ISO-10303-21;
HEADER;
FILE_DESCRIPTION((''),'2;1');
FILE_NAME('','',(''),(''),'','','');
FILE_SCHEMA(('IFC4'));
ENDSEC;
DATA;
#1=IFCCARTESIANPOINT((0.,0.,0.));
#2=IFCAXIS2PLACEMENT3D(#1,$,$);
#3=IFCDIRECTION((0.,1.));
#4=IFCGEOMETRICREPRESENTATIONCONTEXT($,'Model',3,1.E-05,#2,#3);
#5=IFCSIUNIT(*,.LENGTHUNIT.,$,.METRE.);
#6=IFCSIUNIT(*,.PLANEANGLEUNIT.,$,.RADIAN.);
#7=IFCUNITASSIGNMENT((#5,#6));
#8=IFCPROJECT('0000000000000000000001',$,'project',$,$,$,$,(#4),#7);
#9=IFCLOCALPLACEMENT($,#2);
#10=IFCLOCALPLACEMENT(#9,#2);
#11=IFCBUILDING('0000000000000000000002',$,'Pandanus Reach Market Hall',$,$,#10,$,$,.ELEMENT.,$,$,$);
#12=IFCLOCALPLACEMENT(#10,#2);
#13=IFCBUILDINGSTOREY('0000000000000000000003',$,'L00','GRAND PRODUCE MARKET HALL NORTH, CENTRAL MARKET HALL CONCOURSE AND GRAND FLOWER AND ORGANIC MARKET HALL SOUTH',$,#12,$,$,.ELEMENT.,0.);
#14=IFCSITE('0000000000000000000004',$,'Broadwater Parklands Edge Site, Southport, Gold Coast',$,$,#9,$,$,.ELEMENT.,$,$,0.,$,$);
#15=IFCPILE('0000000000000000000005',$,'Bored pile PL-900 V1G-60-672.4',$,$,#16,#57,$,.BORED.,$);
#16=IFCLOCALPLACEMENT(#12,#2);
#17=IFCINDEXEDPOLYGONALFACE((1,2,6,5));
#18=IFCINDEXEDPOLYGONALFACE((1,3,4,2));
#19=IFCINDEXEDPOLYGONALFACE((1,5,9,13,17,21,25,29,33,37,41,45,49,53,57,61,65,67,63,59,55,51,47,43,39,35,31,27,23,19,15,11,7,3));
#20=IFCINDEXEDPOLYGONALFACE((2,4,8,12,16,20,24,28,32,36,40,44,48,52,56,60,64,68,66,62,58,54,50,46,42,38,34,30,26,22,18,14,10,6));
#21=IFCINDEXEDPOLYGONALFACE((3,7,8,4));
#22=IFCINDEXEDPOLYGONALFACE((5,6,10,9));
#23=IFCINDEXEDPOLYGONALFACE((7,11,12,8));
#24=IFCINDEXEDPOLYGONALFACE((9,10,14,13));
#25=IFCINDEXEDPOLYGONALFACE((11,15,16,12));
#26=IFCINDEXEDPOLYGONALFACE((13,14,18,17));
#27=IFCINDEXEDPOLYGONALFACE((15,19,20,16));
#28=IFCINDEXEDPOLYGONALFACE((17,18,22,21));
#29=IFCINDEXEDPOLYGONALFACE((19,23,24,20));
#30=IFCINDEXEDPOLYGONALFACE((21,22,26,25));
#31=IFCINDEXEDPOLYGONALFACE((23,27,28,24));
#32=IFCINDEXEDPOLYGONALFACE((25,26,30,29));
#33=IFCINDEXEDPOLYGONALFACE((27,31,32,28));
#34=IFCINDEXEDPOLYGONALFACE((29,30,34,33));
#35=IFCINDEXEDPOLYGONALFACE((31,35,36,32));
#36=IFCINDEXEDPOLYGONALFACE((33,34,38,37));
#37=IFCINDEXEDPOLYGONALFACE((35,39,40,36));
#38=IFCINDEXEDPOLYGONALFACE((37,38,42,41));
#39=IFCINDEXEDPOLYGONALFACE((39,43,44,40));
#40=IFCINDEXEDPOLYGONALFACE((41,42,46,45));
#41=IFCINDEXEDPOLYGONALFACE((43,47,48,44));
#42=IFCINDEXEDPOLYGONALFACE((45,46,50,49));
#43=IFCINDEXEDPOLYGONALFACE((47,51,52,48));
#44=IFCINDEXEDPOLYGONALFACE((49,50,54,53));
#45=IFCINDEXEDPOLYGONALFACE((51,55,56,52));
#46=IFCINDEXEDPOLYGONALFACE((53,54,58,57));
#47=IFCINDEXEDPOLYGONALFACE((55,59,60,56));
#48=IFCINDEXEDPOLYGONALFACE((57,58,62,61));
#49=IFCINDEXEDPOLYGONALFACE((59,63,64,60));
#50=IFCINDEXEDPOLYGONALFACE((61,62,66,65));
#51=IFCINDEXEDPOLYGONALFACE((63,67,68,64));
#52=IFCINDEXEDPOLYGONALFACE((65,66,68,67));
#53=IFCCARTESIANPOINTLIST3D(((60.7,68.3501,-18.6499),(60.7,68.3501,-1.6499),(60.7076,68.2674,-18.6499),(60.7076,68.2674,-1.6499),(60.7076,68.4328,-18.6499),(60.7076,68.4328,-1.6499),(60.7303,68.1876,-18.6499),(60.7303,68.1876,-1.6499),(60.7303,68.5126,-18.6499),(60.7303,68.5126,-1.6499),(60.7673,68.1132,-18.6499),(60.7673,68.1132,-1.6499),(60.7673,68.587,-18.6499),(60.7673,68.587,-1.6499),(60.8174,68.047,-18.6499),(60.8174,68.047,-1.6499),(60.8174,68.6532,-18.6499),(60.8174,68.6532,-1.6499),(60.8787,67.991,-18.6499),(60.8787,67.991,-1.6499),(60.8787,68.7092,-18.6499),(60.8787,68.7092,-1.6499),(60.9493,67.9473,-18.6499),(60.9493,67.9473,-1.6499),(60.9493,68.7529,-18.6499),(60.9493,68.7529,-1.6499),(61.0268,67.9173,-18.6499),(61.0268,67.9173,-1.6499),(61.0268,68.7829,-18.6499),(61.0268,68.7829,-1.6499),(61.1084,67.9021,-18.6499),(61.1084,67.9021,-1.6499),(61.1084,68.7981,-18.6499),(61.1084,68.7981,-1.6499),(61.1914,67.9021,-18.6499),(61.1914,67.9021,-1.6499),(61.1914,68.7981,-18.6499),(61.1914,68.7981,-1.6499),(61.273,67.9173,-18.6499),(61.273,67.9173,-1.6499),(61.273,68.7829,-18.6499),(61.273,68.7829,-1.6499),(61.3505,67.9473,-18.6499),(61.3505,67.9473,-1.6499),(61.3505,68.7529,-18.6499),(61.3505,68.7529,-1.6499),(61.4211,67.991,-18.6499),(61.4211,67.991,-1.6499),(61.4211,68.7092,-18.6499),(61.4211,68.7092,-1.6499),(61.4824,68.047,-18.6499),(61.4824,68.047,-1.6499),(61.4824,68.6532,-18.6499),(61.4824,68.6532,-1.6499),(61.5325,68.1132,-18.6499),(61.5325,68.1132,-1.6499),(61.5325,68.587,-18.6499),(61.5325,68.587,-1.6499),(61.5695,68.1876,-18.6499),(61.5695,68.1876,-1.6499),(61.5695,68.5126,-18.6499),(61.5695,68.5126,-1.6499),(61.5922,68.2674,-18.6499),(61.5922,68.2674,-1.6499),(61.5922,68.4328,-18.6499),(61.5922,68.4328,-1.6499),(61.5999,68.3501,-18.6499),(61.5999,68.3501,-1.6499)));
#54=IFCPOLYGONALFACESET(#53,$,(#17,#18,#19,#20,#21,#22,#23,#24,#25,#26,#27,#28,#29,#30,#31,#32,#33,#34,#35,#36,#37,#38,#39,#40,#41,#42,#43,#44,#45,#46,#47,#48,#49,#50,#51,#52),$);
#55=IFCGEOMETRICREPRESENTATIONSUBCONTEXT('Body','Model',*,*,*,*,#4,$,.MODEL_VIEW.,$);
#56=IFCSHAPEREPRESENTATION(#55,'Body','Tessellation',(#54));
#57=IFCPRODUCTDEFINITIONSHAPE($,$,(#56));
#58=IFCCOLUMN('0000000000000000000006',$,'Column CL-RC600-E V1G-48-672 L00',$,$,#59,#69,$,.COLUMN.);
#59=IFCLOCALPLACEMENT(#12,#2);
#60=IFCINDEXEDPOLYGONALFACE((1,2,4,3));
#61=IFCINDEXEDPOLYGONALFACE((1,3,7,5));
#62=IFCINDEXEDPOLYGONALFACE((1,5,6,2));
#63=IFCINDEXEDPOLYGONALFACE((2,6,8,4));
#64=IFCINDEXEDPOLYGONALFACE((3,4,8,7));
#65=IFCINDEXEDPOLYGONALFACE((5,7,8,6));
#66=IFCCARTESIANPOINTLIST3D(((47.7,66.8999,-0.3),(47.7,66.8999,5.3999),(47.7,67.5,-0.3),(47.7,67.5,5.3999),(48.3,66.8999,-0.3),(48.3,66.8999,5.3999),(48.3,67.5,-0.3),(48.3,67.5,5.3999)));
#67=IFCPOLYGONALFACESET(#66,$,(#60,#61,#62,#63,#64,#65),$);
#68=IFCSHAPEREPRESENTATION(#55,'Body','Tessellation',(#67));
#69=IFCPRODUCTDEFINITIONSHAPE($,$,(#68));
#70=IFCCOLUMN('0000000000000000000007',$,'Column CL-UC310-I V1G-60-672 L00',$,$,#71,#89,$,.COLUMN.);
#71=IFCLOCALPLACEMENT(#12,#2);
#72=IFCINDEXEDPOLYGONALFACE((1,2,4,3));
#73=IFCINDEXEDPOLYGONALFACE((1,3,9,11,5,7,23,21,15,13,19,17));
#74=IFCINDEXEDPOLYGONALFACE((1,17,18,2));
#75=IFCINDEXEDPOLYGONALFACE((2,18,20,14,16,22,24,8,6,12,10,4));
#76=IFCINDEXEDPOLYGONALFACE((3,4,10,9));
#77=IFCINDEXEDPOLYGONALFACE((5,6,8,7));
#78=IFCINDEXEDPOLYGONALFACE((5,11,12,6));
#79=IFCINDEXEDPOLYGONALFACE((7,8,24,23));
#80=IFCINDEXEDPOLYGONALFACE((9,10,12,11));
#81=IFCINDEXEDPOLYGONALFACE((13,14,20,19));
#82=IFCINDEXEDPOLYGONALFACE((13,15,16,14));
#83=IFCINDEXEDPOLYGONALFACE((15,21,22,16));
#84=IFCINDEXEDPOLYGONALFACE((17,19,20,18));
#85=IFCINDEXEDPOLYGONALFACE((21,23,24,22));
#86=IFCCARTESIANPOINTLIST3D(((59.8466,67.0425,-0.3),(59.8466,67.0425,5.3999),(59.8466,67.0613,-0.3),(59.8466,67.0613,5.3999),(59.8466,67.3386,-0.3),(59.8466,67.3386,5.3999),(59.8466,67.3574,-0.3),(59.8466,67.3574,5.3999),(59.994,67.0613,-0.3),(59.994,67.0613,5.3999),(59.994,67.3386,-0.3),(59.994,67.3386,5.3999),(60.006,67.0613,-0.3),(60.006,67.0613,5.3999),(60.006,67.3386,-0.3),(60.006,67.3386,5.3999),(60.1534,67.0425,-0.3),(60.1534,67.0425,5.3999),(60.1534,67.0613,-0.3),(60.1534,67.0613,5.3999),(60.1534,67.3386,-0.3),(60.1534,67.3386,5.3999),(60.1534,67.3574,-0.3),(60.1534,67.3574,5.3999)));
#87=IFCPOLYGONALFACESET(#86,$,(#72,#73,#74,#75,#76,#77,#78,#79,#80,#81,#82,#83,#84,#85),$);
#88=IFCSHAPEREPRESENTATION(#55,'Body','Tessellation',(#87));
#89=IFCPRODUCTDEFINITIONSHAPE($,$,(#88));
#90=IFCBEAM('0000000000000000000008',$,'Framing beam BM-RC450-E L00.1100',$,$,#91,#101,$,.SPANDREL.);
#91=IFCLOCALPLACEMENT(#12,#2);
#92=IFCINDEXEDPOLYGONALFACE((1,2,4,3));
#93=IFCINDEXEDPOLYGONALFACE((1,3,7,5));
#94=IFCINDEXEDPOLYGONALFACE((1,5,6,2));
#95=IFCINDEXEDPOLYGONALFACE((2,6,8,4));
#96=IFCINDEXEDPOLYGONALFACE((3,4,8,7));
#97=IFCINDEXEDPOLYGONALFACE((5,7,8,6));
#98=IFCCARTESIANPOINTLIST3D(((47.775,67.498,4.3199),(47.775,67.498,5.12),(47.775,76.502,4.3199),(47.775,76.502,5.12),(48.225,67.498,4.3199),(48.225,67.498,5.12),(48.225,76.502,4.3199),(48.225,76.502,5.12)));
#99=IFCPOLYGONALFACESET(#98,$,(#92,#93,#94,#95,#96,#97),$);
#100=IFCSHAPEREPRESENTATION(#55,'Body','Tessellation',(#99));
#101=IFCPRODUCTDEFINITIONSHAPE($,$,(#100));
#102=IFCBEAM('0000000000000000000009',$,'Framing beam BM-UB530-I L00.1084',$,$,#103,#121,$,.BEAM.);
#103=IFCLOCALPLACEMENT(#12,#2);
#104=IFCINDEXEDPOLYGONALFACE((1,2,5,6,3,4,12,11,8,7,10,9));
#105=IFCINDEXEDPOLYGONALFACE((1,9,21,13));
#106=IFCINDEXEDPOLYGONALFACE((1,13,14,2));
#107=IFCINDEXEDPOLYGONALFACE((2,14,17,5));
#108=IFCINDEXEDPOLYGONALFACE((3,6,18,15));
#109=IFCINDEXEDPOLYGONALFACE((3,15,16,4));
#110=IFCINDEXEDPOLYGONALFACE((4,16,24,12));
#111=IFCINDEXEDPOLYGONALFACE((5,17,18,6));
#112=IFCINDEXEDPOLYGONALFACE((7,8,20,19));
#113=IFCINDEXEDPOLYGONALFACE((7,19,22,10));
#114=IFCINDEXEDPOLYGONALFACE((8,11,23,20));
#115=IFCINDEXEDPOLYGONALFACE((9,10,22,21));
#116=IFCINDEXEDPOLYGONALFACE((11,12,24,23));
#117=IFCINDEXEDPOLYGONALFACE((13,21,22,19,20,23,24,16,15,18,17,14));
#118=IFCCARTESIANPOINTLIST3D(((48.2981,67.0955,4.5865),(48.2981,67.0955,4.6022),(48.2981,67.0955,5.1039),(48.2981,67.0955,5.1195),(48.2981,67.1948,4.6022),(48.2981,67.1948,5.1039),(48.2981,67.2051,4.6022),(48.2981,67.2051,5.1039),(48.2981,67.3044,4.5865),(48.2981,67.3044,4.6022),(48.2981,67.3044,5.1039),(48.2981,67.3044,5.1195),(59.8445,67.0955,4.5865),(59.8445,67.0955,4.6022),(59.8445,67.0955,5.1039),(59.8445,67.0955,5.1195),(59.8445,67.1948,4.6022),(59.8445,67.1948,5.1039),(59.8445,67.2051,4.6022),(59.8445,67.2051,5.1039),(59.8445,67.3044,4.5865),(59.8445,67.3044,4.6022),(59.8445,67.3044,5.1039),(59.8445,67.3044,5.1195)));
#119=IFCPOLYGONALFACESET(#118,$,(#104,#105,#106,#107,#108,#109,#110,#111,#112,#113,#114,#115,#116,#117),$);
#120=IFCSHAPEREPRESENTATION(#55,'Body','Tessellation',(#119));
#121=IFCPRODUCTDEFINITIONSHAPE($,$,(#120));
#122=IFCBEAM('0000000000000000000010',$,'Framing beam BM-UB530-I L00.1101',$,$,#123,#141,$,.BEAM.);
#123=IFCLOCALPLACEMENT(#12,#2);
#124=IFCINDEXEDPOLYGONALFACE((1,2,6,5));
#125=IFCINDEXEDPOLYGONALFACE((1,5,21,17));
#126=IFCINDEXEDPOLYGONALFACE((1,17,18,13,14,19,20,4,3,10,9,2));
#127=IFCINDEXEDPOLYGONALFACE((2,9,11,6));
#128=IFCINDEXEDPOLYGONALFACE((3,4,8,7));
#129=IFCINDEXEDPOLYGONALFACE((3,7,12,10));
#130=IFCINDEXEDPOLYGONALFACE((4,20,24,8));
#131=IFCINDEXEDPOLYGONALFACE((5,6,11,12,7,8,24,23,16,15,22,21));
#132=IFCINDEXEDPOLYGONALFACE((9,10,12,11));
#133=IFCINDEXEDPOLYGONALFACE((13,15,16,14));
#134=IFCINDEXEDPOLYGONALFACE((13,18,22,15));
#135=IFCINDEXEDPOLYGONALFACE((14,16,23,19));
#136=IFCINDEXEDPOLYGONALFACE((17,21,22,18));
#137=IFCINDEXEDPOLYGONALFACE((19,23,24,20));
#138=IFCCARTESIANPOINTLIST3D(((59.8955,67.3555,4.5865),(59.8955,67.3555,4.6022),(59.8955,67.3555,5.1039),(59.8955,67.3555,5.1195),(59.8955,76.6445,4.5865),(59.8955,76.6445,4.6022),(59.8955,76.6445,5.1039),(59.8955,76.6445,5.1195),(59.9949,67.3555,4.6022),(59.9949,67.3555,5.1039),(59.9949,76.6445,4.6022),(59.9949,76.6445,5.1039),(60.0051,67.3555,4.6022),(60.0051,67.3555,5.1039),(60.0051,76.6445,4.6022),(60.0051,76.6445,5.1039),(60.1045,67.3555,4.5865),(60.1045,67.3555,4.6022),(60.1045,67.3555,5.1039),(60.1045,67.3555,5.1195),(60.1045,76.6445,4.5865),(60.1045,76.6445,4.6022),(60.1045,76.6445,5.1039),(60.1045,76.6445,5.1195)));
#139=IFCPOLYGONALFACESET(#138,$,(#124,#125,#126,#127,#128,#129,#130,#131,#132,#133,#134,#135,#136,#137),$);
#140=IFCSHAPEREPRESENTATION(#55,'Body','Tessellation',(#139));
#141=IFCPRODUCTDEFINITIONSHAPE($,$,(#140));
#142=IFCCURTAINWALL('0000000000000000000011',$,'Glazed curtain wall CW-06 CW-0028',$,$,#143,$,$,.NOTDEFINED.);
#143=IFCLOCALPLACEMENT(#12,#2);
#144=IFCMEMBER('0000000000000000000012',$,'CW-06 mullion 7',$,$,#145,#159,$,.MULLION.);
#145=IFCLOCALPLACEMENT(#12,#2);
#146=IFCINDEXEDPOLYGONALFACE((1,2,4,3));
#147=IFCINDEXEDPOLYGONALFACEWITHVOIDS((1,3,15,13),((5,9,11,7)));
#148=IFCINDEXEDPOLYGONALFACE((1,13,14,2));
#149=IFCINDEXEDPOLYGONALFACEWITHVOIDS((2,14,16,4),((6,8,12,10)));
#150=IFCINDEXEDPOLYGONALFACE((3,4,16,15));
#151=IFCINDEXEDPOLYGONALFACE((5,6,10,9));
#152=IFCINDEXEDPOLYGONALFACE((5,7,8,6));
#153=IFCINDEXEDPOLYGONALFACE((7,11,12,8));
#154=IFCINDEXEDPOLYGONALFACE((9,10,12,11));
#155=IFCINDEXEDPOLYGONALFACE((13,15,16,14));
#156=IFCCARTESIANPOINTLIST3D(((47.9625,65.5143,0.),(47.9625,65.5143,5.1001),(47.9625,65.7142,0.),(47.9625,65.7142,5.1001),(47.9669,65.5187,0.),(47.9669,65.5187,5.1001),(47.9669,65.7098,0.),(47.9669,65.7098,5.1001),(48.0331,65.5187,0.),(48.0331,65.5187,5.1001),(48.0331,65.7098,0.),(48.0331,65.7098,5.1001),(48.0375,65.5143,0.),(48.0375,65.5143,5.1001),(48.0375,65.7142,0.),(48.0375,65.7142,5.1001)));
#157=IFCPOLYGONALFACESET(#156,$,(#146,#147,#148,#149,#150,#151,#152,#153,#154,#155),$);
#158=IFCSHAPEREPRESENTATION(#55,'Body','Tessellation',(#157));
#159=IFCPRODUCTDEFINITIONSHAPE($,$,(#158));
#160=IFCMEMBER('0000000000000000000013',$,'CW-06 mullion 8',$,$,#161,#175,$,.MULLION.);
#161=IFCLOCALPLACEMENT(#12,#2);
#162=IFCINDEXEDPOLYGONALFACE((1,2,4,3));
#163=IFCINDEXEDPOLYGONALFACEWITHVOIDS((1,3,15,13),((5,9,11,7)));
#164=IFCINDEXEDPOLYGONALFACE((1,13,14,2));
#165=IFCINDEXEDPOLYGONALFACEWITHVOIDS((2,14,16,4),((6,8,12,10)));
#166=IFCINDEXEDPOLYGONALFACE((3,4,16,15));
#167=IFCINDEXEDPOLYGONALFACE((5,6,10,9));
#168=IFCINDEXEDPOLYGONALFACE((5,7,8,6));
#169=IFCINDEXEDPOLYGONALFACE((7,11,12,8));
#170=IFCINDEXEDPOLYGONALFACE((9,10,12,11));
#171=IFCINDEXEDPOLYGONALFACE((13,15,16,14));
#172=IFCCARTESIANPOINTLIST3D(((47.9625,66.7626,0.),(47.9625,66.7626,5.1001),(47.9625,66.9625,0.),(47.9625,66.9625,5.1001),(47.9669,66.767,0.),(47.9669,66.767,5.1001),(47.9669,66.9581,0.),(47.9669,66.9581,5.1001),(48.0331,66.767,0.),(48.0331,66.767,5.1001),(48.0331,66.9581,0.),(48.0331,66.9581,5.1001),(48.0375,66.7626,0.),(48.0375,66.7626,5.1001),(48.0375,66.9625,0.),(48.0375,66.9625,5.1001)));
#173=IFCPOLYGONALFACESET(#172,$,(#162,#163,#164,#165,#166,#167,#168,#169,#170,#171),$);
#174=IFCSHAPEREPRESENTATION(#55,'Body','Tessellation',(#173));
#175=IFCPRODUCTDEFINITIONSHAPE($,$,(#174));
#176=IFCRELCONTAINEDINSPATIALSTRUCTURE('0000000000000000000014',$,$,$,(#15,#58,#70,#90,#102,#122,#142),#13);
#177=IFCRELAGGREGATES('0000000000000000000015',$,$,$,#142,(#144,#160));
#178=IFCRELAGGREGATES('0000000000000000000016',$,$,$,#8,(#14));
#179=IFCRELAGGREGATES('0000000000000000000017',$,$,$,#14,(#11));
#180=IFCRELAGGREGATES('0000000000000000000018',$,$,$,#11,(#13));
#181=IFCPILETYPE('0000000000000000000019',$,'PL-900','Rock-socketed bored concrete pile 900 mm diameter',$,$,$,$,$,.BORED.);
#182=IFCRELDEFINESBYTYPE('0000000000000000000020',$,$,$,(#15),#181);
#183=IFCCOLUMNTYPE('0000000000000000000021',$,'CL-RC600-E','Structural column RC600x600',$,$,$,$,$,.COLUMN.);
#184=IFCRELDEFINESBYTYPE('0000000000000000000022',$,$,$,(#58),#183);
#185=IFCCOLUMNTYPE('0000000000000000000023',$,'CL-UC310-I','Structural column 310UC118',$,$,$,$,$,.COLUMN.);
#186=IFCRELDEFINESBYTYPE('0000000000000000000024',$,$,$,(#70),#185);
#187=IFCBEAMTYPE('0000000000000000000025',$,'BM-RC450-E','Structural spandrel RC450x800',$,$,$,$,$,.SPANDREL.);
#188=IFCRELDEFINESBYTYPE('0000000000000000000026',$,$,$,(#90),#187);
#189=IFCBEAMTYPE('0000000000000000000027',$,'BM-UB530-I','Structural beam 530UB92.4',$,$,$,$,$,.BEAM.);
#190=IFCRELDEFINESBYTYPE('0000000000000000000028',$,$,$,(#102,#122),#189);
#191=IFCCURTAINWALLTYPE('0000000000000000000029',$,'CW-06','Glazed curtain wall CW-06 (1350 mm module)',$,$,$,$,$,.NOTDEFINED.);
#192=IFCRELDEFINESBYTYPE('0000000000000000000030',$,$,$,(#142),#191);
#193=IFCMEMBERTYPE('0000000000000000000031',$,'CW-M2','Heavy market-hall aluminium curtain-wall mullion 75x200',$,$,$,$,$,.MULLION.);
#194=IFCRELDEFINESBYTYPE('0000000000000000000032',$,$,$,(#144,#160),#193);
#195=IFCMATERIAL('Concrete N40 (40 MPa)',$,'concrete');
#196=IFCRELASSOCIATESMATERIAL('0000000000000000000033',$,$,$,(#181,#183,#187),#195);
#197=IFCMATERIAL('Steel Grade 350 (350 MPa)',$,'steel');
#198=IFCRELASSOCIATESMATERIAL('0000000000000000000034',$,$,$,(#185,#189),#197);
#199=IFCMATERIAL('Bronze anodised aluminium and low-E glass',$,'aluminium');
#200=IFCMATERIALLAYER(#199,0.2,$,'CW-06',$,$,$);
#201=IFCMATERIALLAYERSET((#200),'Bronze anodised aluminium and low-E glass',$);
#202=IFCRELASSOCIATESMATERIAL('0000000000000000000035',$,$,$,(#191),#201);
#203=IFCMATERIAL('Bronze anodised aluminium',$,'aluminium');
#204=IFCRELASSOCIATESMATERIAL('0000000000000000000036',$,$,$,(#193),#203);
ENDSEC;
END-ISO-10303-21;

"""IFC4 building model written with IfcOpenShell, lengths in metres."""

from ifc_helpers import new_model, si_unit, direction, frame, origin, origin_2d, place, context, subcontext, project, spatial, rectangle, hollow_rectangle, circle, i_section, extrude, material, layer, layer_set, material_profile, profile_set, type_object, element, aggregate, save


model = new_model("IFC4")

# Units and contexts
model_context = context("Model", 3, precision=1e-05, world=origin(), true_north=direction((0.0, 1.0)))
body_context = subcontext(model_context, "Body", "Model", "MODEL_VIEW")
ifc_project = project(units=[si_unit("LENGTHUNIT", "METRE"), si_unit("PLANEANGLEUNIT", "RADIAN")], contexts=[model_context])

# Site, building, storey
site_placement = place(None, origin())
site = spatial("IfcSite", under=ifc_project, at=site_placement, Name="Broadwater Parklands Edge Site, Southport, Gold Coast", CompositionType="ELEMENT", RefElevation=0.0)
building_placement = place(site_placement, origin())
building = spatial("IfcBuilding", under=site, at=building_placement, Name="Pandanus Reach Market Hall", CompositionType="ELEMENT")
storey_placement = place(building_placement, origin())
storey = spatial("IfcBuildingStorey", under=building, at=storey_placement, Name="L00", Description="GRAND PRODUCE MARKET HALL NORTH, CENTRAL MARKET HALL CONCOURSE AND GRAND FLOWER AND ORGANIC MARKET HALL SOUTH", CompositionType="ELEMENT", Elevation=0.0)

# Shared definitions
ifc_material_1 = material(Name="Concrete N40 (40 MPa)", Category="concrete")

# Pile
ifc_material_profile_1 = material_profile(ifc_material_1, circle(Radius=0.45, at=origin_2d()), Name="PILE-900D", Category="LoadBearing")
ifc_profile_set_1 = profile_set([ifc_material_profile_1], Name="Concrete N40 (40 MPa)")
pile_type = type_object("IfcPileType", Name="PL-900", Description="Rock-socketed bored concrete pile 900 mm diameter", PredefinedType="BORED", material=ifc_profile_set_1)
for number, where, z_axis, x_axis, name in (
    (1, (61.1499, 68.3501, -1.6499), (0.0, 0.0, -1.0), (1.0, 0.0, 0.0), "Bored pile PL-900 V1G-60-672.4"),
):
    element("IfcPile", number, at=place(storey_placement, frame(where, z_axis=z_axis, x_axis=x_axis)), inside=storey, type_object=pile_type, Name=name, PredefinedType="BORED", context=body_context, shape_type="SweptSolid", body=[
        extrude(circle(Radius=0.45, at=origin_2d()), origin(), (0.0, 0.0, 1.0), 17.0),
    ])

# Columns
ifc_material_profile_2 = material_profile(ifc_material_1, rectangle(XDim=0.6001, YDim=0.6001, at=origin_2d()), Name="RC600x600", Category="LoadBearing")
ifc_profile_set_2 = profile_set([ifc_material_profile_2], Name="Concrete N40 (40 MPa)")
column_type_1 = type_object("IfcColumnType", Name="CL-RC600-E", Description="Structural column RC600x600", PredefinedType="COLUMN", material=ifc_profile_set_2)
column_1_placement = place(storey_placement, frame((48.0, 67.2, -0.3), z_axis=(0.0, 0.0, 1.0), x_axis=(1.0, 0.0, 0.0)))
element("IfcColumn", 2, at=column_1_placement, inside=storey, type_object=column_type_1, Name="Column CL-RC600-E V1G-48-672 L00", PredefinedType="COLUMN", context=body_context, shape_type="SweptSolid", body=[
    extrude(rectangle(XDim=0.6001, YDim=0.6001, at=origin_2d()), origin(), (0.0, 0.0, 1.0), 5.7),
])
ifc_material_2 = material(Name="Steel Grade 350 (350 MPa)", Category="steel")
ifc_material_profile_3 = material_profile(ifc_material_2, i_section(OverallWidth=0.3069, OverallDepth=0.3149, WebThickness=0.012, FlangeThickness=0.0188, at=origin_2d()), Name="310UC118", Category="LoadBearing")
ifc_profile_set_3 = profile_set([ifc_material_profile_3], Name="Steel Grade 350 (350 MPa)")
column_type_2 = type_object("IfcColumnType", Name="CL-UC310-I", Description="Structural column 310UC118", PredefinedType="COLUMN", material=ifc_profile_set_3)
column_2_placement = place(storey_placement, frame((60.0, 67.2, -0.3), z_axis=(0.0, 0.0, 1.0), x_axis=(1.0, 0.0, 0.0)))
element("IfcColumn", 3, at=column_2_placement, inside=storey, type_object=column_type_2, Name="Column CL-UC310-I V1G-60-672 L00", PredefinedType="COLUMN", context=body_context, shape_type="SweptSolid", body=[
    extrude(i_section(OverallWidth=0.3069, OverallDepth=0.3149, WebThickness=0.012, FlangeThickness=0.0188, at=origin_2d()), origin(), (0.0, 0.0, 1.0), 5.7),
])

# Beams
ifc_material_profile_4 = material_profile(ifc_material_1, rectangle(XDim=0.45, YDim=0.8, at=origin_2d()), Name="RC450x800", Category="LoadBearing")
ifc_profile_set_4 = profile_set([ifc_material_profile_4], Name="Concrete N40 (40 MPa)")
beam_type_1 = type_object("IfcBeamType", Name="BM-RC450-E", Description="Structural spandrel RC450x800", PredefinedType="SPANDREL", material=ifc_profile_set_4)
beam_1_placement = place(storey_placement, frame((48.0, 67.498, 4.72), z_axis=(0.0, 1.0, 0.0), x_axis=(-1.0, 0.0, 0.0)))
element("IfcBeam", 4, at=beam_1_placement, inside=storey, type_object=beam_type_1, Name="Framing beam BM-RC450-E L00.1100", PredefinedType="SPANDREL", context=body_context, shape_type="SweptSolid", body=[
    extrude(rectangle(XDim=0.45, YDim=0.8, at=origin_2d()), origin(), (0.0, 0.0, 1.0), 9.0039),
])
ifc_material_profile_5 = material_profile(ifc_material_2, i_section(OverallWidth=0.209, OverallDepth=0.533, WebThickness=0.0103, FlangeThickness=0.0156, at=origin_2d()), Name="530UB92.4", Category="LoadBearing")
ifc_profile_set_5 = profile_set([ifc_material_profile_5], Name="Steel Grade 350 (350 MPa)")
beam_type_2 = type_object("IfcBeamType", Name="BM-UB530-I", Description="Structural beam 530UB92.4", PredefinedType="BEAM", material=ifc_profile_set_5)
beam_2_placement = place(storey_placement, frame((48.2981, 67.2, 4.853), z_axis=(1.0, 0.0, 0.0), x_axis=(0.0, 1.0, 0.0)))
element("IfcBeam", 5, at=beam_2_placement, inside=storey, type_object=beam_type_2, Name="Framing beam BM-UB530-I L00.1084", PredefinedType="BEAM", context=body_context, shape_type="SweptSolid", body=[
    extrude(i_section(OverallWidth=0.209, OverallDepth=0.533, WebThickness=0.0103, FlangeThickness=0.0156, at=origin_2d()), origin(), (0.0, 0.0, 1.0), 11.5464),
])
beam_3_placement = place(storey_placement, frame((60.0, 67.3555, 4.853), z_axis=(0.0, 1.0, 0.0), x_axis=(-1.0, 0.0, 0.0)))
element("IfcBeam", 6, at=beam_3_placement, inside=storey, type_object=beam_type_2, Name="Framing beam BM-UB530-I L00.1101", PredefinedType="BEAM", context=body_context, shape_type="SweptSolid", body=[
    extrude(i_section(OverallWidth=0.209, OverallDepth=0.533, WebThickness=0.0103, FlangeThickness=0.0156, at=origin_2d()), origin(), (0.0, 0.0, 1.0), 9.2891),
])

# Curtain wall, members
ifc_material_3 = material(Name="Bronze anodised aluminium and low-E glass", Category="aluminium")
ifc_layer_1 = layer(ifc_material_3, 0.2, Name="CW-06")
ifc_layer_set_1 = layer_set([ifc_layer_1], Name="Bronze anodised aluminium and low-E glass")
curtain_wall_type = type_object("IfcCurtainWallType", Name="CW-06", Description="Glazed curtain wall CW-06 (1350 mm module)", PredefinedType="NOTDEFINED", material=ifc_layer_set_1)
curtain_wall_placement = place(storey_placement, origin())
curtain_wall = element("IfcCurtainWall", 7, at=curtain_wall_placement, inside=storey, type_object=curtain_wall_type, Name="Glazed curtain wall CW-06 CW-0028", PredefinedType="NOTDEFINED")
ifc_material_4 = material(Name="Bronze anodised aluminium", Category="aluminium")
ifc_material_profile_6 = material_profile(ifc_material_4, hollow_rectangle(XDim=0.075, YDim=0.2, WallThickness=0.0044, at=origin_2d()), Name="ALU75x200", Category="LoadBearing")
ifc_profile_set_6 = profile_set([ifc_material_profile_6], Name="Bronze anodised aluminium")
member_type_1 = type_object("IfcMemberType", Name="CW-M2", Description="Heavy market-hall aluminium curtain-wall mullion 75x200", PredefinedType="MULLION", material=ifc_profile_set_6)
member_1_placement = place(storey_placement, frame((48.0, 65.6143, 0.0), z_axis=(0.0, 0.0, 1.0), x_axis=(-1.0, 0.0, 0.0)))
member_1 = element("IfcMember", 8, at=member_1_placement, type_object=member_type_1, Name="CW-06 mullion 7", PredefinedType="MULLION", context=body_context, shape_type="SweptSolid", body=[
    extrude(hollow_rectangle(XDim=0.075, YDim=0.2, WallThickness=0.0044, at=origin_2d()), origin(), (0.0, 0.0, 1.0), 5.1001),
])
member_2_placement = place(storey_placement, frame((48.0, 66.8625, 0.0), z_axis=(0.0, 0.0, 1.0), x_axis=(-1.0, 0.0, 0.0)))
member_2 = element("IfcMember", 9, at=member_2_placement, type_object=member_type_1, Name="CW-06 mullion 8", PredefinedType="MULLION", context=body_context, shape_type="SweptSolid", body=[
    extrude(hollow_rectangle(XDim=0.075, YDim=0.2, WallThickness=0.0044, at=origin_2d()), origin(), (0.0, 0.0, 1.0), 5.1001),
])

aggregate(curtain_wall, [member_1, member_2])

save(model, "model.ifc")
